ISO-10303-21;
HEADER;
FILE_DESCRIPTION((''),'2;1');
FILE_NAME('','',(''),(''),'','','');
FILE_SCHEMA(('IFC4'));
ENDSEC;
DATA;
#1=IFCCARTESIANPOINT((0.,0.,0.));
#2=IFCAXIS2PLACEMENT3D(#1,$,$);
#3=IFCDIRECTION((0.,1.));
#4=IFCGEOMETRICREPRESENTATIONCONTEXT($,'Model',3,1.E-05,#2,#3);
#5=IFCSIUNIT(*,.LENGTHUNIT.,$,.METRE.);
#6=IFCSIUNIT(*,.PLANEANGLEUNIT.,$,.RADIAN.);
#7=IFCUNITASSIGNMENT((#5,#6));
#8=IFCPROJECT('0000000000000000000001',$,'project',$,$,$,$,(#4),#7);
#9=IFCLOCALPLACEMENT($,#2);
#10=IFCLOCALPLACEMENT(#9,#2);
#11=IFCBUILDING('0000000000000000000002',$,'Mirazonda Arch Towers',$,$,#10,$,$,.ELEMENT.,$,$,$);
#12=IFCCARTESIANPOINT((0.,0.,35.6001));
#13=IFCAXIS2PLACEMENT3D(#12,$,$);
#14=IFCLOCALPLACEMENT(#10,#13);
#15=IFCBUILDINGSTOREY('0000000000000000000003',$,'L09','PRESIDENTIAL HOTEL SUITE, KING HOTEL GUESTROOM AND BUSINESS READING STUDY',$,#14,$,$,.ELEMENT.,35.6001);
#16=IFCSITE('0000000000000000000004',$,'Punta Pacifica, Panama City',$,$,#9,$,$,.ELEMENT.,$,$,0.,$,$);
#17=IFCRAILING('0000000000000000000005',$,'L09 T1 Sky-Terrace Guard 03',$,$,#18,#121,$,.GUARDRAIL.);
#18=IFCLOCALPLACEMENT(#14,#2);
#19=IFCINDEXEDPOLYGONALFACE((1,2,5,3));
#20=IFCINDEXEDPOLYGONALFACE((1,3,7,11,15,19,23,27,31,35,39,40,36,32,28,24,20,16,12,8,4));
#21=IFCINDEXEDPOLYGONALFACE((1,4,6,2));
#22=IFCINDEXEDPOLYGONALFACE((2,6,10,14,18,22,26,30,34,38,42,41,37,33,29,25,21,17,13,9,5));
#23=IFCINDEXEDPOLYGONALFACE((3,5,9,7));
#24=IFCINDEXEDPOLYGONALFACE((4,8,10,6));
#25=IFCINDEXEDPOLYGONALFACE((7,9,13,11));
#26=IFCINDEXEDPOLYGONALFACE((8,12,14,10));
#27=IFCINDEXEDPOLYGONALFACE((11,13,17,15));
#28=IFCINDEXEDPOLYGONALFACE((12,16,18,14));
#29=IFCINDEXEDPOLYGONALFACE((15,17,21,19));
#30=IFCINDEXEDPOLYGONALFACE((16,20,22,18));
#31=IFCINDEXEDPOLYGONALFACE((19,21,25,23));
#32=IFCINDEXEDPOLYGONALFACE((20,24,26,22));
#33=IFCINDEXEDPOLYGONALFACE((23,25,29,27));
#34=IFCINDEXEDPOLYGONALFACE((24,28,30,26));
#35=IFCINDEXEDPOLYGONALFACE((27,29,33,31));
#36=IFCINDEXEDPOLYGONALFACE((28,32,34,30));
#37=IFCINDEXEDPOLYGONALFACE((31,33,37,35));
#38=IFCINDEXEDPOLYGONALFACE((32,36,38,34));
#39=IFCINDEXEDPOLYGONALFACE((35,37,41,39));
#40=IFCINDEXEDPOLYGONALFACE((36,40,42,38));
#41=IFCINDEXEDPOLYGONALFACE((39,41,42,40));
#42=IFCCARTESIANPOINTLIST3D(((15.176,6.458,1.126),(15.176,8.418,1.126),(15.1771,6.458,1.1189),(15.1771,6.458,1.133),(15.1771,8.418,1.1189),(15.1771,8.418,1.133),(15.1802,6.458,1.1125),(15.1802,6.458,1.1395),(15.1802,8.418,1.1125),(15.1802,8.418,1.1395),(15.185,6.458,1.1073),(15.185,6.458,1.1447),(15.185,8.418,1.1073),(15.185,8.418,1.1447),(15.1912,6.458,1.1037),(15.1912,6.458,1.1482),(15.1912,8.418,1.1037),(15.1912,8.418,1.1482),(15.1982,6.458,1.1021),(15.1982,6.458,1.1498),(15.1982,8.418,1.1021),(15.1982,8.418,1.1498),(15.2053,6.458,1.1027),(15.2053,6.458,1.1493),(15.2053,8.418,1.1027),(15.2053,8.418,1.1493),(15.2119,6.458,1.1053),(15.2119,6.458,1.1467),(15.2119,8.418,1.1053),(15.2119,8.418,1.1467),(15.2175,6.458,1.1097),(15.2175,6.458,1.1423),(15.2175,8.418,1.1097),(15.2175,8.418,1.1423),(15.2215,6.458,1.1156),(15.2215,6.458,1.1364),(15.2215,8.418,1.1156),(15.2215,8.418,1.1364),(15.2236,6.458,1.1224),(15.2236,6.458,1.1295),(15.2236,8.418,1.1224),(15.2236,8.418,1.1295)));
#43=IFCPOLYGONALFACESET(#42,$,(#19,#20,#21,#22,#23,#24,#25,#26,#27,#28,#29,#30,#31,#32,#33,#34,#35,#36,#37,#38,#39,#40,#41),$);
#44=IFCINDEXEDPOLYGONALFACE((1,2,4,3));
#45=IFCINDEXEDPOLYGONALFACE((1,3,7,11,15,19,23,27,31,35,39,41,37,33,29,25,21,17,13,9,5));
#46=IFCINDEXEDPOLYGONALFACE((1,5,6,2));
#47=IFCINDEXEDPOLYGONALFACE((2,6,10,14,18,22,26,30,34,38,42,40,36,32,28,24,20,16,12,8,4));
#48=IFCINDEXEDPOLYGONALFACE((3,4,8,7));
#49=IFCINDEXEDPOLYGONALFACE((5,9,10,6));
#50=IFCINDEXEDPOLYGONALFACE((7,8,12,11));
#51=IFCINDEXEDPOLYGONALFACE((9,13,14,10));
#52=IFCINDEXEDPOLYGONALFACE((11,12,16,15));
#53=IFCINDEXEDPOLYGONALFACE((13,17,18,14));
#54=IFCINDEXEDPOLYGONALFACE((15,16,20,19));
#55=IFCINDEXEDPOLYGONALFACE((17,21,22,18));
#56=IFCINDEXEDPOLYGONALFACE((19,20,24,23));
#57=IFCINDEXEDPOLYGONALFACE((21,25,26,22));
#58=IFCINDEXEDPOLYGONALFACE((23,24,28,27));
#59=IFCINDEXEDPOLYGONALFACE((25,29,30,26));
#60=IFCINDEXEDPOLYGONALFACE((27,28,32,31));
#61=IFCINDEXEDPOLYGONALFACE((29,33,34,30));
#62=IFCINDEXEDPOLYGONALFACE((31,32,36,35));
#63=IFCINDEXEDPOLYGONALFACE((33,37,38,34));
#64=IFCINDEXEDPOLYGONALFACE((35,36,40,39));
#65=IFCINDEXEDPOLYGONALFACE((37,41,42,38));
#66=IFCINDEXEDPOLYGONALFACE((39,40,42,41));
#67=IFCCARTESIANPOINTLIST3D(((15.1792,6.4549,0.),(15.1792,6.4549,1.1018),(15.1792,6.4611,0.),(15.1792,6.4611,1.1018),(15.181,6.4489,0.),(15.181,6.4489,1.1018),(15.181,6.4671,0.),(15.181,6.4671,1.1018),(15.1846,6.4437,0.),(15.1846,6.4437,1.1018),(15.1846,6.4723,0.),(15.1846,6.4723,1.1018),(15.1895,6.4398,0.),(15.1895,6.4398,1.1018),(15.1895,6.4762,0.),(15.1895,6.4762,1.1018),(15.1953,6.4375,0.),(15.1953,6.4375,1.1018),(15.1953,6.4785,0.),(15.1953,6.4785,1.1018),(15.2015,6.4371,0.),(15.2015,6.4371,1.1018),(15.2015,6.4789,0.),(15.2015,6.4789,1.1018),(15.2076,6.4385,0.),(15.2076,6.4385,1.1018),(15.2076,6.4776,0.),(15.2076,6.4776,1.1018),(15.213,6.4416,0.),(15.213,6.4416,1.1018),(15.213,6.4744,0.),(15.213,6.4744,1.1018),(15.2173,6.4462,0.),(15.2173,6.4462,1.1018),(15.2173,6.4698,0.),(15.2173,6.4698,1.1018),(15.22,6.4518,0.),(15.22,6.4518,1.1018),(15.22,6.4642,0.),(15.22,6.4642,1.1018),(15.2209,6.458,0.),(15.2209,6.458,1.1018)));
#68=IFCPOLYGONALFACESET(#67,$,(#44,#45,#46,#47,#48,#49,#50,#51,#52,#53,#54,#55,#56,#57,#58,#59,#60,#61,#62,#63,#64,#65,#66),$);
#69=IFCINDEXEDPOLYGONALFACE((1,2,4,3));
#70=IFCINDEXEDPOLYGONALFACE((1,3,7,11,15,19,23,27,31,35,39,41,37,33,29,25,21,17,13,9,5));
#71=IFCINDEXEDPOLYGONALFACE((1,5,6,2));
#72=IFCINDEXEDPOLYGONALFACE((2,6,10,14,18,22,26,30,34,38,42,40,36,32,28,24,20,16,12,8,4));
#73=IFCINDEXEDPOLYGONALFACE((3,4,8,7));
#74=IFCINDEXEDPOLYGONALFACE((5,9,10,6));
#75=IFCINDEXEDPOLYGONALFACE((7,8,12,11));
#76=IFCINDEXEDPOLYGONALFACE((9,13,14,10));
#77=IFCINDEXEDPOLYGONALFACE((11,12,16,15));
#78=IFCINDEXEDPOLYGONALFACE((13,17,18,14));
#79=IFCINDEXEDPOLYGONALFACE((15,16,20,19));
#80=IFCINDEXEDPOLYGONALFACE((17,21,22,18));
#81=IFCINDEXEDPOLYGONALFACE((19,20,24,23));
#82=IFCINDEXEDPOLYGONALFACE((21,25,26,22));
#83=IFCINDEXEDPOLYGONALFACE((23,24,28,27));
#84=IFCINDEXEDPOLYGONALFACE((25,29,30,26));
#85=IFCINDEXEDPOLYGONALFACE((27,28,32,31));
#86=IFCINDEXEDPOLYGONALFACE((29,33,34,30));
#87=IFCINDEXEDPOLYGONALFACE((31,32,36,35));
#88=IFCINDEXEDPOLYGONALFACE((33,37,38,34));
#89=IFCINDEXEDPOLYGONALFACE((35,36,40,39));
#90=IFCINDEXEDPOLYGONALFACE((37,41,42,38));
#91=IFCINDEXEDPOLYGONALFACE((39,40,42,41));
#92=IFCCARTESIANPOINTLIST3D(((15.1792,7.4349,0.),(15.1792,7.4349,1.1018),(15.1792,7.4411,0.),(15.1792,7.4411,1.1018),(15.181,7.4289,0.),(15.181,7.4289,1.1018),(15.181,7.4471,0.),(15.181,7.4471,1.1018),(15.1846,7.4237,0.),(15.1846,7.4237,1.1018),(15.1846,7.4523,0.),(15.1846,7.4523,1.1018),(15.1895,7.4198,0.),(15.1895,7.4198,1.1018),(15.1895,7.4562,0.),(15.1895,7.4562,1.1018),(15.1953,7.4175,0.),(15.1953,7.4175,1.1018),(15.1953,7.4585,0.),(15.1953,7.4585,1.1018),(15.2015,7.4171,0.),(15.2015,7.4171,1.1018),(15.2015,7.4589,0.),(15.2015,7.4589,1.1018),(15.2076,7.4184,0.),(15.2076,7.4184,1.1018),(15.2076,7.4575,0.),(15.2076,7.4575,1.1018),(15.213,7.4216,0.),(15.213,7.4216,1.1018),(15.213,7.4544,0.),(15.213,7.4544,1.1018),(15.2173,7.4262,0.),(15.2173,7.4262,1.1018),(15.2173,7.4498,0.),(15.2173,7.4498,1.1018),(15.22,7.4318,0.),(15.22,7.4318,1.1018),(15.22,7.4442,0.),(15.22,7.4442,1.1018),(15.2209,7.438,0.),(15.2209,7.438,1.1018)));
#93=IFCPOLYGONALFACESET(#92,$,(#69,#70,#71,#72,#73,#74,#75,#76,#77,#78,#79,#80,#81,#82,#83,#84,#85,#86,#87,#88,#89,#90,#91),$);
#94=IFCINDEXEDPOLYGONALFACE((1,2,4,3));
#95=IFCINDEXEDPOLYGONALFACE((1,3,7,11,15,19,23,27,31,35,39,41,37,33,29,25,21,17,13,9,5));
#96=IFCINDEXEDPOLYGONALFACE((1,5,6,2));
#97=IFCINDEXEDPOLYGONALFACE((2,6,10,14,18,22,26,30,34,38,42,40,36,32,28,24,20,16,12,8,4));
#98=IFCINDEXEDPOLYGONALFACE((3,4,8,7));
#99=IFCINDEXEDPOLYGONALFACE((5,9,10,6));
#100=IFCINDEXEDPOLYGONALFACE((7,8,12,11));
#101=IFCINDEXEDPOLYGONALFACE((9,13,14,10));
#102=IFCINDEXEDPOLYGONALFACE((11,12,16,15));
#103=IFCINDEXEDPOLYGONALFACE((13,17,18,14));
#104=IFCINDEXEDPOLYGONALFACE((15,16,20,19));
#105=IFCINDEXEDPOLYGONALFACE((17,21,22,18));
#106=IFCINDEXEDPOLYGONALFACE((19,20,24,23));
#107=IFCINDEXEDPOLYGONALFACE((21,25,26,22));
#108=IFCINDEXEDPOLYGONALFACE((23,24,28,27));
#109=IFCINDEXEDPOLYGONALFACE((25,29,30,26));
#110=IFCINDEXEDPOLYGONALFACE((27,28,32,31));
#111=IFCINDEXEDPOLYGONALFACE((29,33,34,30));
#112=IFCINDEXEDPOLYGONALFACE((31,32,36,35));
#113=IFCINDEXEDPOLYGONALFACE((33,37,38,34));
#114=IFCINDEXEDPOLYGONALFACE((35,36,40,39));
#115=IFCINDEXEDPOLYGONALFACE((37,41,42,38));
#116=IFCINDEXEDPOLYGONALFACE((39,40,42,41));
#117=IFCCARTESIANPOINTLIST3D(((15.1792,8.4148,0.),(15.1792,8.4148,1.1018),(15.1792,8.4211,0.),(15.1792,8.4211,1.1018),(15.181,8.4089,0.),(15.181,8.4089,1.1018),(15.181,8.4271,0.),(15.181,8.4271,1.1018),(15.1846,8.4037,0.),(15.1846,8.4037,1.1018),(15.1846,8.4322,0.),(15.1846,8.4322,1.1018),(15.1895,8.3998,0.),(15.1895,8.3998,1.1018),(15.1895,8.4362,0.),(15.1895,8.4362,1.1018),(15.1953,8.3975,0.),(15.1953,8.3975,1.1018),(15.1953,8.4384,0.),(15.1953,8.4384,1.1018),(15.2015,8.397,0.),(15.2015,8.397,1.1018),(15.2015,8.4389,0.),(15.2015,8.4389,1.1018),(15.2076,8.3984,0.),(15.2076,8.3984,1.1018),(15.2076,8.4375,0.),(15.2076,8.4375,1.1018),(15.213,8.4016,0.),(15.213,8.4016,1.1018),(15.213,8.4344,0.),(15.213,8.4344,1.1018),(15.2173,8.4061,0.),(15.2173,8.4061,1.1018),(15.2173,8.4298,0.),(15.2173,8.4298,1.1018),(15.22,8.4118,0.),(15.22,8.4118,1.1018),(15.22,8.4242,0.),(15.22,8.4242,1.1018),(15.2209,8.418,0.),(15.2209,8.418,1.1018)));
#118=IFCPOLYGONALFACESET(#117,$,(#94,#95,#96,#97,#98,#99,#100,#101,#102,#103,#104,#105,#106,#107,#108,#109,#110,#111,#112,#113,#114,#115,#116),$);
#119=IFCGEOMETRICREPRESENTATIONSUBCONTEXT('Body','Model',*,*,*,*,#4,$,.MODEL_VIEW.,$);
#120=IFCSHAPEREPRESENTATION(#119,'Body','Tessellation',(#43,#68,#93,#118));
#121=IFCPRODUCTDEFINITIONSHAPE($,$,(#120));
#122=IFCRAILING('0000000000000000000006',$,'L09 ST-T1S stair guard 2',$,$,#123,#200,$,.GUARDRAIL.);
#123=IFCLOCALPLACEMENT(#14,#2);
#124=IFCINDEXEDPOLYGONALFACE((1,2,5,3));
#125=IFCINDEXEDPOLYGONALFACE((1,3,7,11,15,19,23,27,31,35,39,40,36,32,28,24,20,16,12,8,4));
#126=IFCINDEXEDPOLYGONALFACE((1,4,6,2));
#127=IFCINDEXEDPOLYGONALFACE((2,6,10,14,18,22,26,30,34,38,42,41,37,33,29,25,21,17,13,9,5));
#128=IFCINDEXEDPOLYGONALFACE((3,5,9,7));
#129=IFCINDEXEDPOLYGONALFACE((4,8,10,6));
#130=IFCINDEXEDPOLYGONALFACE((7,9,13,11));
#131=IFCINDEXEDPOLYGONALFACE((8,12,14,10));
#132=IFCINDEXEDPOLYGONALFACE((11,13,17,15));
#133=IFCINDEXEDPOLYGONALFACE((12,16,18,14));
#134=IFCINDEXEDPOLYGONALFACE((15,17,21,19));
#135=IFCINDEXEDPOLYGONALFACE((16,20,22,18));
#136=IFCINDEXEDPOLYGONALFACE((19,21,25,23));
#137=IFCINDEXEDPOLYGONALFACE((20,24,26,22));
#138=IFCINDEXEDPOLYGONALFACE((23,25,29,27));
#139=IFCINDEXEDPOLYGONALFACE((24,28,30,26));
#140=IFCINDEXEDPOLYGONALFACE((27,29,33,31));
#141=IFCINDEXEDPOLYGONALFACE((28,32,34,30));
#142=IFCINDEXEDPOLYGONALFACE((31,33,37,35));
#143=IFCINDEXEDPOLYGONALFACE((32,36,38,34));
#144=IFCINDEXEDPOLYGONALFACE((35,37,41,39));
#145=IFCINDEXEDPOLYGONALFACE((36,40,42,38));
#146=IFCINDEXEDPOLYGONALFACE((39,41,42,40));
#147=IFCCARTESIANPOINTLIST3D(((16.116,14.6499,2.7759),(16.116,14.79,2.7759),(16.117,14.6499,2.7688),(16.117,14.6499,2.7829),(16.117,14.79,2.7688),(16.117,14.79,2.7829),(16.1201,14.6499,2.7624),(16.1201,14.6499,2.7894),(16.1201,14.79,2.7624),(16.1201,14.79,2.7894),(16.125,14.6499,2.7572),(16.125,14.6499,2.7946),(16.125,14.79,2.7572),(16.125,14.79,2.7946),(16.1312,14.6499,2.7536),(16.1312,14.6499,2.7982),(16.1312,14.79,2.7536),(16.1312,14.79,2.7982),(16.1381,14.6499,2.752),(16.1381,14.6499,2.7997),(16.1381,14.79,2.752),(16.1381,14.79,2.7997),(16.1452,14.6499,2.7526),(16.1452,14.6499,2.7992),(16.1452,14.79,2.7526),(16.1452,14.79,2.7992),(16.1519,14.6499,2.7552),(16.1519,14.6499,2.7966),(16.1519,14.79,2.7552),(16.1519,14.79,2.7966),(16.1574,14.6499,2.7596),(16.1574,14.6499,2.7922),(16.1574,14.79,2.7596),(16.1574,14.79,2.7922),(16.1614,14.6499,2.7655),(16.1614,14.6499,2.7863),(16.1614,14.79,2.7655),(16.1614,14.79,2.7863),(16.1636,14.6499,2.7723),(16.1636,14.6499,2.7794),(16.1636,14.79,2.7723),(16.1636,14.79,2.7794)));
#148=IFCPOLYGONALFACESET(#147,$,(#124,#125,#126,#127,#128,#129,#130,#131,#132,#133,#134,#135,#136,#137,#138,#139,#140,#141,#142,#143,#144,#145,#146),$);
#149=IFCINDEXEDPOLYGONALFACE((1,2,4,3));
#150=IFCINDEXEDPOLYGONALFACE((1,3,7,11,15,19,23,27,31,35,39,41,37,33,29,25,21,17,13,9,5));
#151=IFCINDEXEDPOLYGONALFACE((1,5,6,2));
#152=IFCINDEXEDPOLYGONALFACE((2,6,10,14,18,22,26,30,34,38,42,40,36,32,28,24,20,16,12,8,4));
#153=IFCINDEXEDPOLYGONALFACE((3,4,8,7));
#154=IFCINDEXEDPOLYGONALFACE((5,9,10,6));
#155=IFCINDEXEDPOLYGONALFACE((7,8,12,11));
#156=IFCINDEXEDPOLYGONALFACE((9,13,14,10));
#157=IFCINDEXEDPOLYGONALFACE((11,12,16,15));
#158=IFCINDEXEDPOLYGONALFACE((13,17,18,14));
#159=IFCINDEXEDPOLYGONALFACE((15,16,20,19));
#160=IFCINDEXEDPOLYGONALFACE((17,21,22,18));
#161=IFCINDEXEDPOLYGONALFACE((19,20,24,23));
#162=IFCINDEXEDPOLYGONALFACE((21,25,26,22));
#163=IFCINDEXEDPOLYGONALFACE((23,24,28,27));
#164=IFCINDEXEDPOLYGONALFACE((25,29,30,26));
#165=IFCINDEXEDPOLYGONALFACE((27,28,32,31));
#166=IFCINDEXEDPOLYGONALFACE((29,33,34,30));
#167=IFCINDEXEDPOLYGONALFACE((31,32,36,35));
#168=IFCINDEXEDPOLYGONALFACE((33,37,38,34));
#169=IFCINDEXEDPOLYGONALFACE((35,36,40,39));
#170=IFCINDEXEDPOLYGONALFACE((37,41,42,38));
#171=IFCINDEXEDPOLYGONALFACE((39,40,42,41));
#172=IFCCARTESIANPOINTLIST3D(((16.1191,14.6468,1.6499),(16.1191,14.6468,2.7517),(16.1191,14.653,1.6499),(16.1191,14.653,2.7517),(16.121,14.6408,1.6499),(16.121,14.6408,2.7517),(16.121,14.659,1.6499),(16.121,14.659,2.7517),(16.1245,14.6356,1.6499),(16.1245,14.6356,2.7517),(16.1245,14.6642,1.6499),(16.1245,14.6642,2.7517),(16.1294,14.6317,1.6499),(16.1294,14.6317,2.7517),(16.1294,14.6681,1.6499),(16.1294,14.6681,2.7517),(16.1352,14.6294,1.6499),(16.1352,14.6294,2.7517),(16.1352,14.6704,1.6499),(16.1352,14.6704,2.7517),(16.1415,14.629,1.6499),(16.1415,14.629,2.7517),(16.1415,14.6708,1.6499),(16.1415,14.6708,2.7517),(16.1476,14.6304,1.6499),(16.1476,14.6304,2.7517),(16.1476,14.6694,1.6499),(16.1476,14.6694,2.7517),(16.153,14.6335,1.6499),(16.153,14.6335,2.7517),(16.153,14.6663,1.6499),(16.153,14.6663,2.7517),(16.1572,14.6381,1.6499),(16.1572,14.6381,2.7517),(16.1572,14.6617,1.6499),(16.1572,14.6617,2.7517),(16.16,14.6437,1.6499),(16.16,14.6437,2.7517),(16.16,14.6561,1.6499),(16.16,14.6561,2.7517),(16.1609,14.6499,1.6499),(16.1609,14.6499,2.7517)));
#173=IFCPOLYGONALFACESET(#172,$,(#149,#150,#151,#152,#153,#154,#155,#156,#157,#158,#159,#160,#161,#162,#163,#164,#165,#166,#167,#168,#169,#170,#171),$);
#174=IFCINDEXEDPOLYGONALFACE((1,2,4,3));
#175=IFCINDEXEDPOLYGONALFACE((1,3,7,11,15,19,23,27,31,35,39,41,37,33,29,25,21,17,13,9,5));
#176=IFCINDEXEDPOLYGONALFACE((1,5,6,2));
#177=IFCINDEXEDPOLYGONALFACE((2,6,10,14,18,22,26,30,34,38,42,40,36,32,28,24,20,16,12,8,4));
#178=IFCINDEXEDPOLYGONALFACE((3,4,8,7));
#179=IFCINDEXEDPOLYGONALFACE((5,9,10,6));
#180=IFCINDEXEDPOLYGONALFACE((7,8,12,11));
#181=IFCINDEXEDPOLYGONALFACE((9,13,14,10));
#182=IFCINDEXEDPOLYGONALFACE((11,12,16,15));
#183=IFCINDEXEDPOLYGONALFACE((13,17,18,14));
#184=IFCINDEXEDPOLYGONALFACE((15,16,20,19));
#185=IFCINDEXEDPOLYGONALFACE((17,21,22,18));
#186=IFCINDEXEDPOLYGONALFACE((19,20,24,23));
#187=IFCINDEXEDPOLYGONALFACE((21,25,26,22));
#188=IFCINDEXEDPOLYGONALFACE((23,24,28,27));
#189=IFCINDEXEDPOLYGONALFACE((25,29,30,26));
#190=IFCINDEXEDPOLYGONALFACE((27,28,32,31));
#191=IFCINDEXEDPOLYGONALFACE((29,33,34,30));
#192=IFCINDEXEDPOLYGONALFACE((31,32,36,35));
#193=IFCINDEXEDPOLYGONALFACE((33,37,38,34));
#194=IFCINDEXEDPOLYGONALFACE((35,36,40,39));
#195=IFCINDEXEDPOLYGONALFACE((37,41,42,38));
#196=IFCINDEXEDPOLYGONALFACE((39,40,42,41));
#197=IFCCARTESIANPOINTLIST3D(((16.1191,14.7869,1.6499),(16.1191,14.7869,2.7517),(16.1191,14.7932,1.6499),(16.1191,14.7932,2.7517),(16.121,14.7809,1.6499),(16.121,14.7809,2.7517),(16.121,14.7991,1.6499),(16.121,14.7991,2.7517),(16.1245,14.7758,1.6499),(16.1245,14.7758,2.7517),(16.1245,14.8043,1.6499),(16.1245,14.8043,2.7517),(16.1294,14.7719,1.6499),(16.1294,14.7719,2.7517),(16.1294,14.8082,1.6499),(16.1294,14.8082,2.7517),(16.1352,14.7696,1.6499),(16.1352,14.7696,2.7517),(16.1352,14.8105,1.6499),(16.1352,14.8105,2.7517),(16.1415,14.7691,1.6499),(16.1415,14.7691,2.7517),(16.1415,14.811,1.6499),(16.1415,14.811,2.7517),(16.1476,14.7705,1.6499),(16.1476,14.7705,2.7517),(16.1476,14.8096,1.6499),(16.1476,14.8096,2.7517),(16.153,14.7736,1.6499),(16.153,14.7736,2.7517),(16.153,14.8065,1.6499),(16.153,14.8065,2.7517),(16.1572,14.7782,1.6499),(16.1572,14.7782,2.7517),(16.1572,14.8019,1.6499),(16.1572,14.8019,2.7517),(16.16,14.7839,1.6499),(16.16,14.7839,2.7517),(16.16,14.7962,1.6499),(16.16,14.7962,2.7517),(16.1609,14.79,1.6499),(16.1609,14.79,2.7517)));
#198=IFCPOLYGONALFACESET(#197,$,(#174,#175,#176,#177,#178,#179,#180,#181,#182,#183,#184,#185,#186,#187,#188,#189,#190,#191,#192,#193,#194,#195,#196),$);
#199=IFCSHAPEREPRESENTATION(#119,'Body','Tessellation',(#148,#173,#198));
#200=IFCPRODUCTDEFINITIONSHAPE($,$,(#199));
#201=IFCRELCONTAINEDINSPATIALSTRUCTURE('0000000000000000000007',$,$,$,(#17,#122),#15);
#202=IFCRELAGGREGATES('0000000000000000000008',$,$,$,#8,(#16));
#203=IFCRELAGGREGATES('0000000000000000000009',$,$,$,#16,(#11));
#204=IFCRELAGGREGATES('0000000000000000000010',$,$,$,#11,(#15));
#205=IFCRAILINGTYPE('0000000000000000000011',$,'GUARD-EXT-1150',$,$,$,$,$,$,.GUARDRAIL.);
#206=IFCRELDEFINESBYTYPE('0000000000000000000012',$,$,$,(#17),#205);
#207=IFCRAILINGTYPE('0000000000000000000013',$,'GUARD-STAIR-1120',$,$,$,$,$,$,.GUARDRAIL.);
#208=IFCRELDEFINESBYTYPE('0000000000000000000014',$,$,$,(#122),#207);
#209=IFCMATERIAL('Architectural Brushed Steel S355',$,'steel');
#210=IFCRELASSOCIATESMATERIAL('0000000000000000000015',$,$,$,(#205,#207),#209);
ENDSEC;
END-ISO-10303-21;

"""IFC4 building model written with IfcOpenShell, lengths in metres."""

from ifc_helpers import new_model, si_unit, direction, frame, origin, origin_2d, place, context, subcontext, project, spatial, circle, extrude, material, type_object, element, save


model = new_model("IFC4")

# Units and contexts
model_context = context("Model", 3, precision=1e-05, world=origin(), true_north=direction((0.0, 1.0)))
body_context = subcontext(model_context, "Body", "Model", "MODEL_VIEW")
ifc_project = project(units=[si_unit("LENGTHUNIT", "METRE"), si_unit("PLANEANGLEUNIT", "RADIAN")], contexts=[model_context])

# Site, building, storey
site_placement = place(None, origin())
site = spatial("IfcSite", under=ifc_project, at=site_placement, Name="Punta Pacifica, Panama City", CompositionType="ELEMENT", RefElevation=0.0)
building_placement = place(site_placement, origin())
building = spatial("IfcBuilding", under=site, at=building_placement, Name="Mirazonda Arch Towers", CompositionType="ELEMENT")
storey_placement = place(building_placement, frame((0.0, 0.0, 35.6001)))
storey = spatial("IfcBuildingStorey", under=building, at=storey_placement, Name="L09", Description="PRESIDENTIAL HOTEL SUITE, KING HOTEL GUESTROOM AND BUSINESS READING STUDY", CompositionType="ELEMENT", Elevation=35.6001)

# Railings
ifc_material_1 = material(Name="Architectural Brushed Steel S355", Category="steel")
railing_type_1 = type_object("IfcRailingType", Name="GUARD-EXT-1150", PredefinedType="GUARDRAIL", material=ifc_material_1)
railing_1_placement = place(storey_placement, frame((15.2, 6.458, 0.0)))
element("IfcRailing", 1, at=railing_1_placement, inside=storey, type_object=railing_type_1, Name="L09 T1 Sky-Terrace Guard 03", PredefinedType="GUARDRAIL", context=body_context, shape_type="SweptSolid", body=[
    extrude(circle(Radius=0.0239, at=origin_2d()), frame((0.0, 0.0, 1.126), z_axis=(0.0, 1.0, 0.0), x_axis=(-1.0, 0.0, 0.0)), (0.0, 0.0, 1.0), 1.96),
    extrude(circle(Radius=0.021, at=origin_2d()), origin(), (0.0, 0.0, 1.0), 1.1018),
    extrude(circle(Radius=0.021, at=origin_2d()), frame((0.0, 0.98, 0.0)), (0.0, 0.0, 1.0), 1.1018),
    extrude(circle(Radius=0.021, at=origin_2d()), frame((0.0, 1.96, 0.0)), (0.0, 0.0, 1.0), 1.1018),
])
railing_type_2 = type_object("IfcRailingType", Name="GUARD-STAIR-1120", PredefinedType="GUARDRAIL", material=ifc_material_1)
railing_2_placement = place(storey_placement, frame((16.1399, 14.6499, 1.6499)))
element("IfcRailing", 2, at=railing_2_placement, inside=storey, type_object=railing_type_2, Name="L09 ST-T1S stair guard 2", PredefinedType="GUARDRAIL", context=body_context, shape_type="SweptSolid", body=[
    extrude(circle(Radius=0.0239, at=origin_2d()), frame((0.0, 0.0, 1.126), z_axis=(0.0, 1.0, 0.0), x_axis=(-1.0, 0.0, 0.0)), (0.0, 0.0, 1.0), 0.1401),
    extrude(circle(Radius=0.021, at=origin_2d()), origin(), (0.0, 0.0, 1.0), 1.1018),
    extrude(circle(Radius=0.021, at=origin_2d()), frame((0.0, 0.1401, 0.0)), (0.0, 0.0, 1.0), 1.1018),
])

save(model, "model.ifc")
